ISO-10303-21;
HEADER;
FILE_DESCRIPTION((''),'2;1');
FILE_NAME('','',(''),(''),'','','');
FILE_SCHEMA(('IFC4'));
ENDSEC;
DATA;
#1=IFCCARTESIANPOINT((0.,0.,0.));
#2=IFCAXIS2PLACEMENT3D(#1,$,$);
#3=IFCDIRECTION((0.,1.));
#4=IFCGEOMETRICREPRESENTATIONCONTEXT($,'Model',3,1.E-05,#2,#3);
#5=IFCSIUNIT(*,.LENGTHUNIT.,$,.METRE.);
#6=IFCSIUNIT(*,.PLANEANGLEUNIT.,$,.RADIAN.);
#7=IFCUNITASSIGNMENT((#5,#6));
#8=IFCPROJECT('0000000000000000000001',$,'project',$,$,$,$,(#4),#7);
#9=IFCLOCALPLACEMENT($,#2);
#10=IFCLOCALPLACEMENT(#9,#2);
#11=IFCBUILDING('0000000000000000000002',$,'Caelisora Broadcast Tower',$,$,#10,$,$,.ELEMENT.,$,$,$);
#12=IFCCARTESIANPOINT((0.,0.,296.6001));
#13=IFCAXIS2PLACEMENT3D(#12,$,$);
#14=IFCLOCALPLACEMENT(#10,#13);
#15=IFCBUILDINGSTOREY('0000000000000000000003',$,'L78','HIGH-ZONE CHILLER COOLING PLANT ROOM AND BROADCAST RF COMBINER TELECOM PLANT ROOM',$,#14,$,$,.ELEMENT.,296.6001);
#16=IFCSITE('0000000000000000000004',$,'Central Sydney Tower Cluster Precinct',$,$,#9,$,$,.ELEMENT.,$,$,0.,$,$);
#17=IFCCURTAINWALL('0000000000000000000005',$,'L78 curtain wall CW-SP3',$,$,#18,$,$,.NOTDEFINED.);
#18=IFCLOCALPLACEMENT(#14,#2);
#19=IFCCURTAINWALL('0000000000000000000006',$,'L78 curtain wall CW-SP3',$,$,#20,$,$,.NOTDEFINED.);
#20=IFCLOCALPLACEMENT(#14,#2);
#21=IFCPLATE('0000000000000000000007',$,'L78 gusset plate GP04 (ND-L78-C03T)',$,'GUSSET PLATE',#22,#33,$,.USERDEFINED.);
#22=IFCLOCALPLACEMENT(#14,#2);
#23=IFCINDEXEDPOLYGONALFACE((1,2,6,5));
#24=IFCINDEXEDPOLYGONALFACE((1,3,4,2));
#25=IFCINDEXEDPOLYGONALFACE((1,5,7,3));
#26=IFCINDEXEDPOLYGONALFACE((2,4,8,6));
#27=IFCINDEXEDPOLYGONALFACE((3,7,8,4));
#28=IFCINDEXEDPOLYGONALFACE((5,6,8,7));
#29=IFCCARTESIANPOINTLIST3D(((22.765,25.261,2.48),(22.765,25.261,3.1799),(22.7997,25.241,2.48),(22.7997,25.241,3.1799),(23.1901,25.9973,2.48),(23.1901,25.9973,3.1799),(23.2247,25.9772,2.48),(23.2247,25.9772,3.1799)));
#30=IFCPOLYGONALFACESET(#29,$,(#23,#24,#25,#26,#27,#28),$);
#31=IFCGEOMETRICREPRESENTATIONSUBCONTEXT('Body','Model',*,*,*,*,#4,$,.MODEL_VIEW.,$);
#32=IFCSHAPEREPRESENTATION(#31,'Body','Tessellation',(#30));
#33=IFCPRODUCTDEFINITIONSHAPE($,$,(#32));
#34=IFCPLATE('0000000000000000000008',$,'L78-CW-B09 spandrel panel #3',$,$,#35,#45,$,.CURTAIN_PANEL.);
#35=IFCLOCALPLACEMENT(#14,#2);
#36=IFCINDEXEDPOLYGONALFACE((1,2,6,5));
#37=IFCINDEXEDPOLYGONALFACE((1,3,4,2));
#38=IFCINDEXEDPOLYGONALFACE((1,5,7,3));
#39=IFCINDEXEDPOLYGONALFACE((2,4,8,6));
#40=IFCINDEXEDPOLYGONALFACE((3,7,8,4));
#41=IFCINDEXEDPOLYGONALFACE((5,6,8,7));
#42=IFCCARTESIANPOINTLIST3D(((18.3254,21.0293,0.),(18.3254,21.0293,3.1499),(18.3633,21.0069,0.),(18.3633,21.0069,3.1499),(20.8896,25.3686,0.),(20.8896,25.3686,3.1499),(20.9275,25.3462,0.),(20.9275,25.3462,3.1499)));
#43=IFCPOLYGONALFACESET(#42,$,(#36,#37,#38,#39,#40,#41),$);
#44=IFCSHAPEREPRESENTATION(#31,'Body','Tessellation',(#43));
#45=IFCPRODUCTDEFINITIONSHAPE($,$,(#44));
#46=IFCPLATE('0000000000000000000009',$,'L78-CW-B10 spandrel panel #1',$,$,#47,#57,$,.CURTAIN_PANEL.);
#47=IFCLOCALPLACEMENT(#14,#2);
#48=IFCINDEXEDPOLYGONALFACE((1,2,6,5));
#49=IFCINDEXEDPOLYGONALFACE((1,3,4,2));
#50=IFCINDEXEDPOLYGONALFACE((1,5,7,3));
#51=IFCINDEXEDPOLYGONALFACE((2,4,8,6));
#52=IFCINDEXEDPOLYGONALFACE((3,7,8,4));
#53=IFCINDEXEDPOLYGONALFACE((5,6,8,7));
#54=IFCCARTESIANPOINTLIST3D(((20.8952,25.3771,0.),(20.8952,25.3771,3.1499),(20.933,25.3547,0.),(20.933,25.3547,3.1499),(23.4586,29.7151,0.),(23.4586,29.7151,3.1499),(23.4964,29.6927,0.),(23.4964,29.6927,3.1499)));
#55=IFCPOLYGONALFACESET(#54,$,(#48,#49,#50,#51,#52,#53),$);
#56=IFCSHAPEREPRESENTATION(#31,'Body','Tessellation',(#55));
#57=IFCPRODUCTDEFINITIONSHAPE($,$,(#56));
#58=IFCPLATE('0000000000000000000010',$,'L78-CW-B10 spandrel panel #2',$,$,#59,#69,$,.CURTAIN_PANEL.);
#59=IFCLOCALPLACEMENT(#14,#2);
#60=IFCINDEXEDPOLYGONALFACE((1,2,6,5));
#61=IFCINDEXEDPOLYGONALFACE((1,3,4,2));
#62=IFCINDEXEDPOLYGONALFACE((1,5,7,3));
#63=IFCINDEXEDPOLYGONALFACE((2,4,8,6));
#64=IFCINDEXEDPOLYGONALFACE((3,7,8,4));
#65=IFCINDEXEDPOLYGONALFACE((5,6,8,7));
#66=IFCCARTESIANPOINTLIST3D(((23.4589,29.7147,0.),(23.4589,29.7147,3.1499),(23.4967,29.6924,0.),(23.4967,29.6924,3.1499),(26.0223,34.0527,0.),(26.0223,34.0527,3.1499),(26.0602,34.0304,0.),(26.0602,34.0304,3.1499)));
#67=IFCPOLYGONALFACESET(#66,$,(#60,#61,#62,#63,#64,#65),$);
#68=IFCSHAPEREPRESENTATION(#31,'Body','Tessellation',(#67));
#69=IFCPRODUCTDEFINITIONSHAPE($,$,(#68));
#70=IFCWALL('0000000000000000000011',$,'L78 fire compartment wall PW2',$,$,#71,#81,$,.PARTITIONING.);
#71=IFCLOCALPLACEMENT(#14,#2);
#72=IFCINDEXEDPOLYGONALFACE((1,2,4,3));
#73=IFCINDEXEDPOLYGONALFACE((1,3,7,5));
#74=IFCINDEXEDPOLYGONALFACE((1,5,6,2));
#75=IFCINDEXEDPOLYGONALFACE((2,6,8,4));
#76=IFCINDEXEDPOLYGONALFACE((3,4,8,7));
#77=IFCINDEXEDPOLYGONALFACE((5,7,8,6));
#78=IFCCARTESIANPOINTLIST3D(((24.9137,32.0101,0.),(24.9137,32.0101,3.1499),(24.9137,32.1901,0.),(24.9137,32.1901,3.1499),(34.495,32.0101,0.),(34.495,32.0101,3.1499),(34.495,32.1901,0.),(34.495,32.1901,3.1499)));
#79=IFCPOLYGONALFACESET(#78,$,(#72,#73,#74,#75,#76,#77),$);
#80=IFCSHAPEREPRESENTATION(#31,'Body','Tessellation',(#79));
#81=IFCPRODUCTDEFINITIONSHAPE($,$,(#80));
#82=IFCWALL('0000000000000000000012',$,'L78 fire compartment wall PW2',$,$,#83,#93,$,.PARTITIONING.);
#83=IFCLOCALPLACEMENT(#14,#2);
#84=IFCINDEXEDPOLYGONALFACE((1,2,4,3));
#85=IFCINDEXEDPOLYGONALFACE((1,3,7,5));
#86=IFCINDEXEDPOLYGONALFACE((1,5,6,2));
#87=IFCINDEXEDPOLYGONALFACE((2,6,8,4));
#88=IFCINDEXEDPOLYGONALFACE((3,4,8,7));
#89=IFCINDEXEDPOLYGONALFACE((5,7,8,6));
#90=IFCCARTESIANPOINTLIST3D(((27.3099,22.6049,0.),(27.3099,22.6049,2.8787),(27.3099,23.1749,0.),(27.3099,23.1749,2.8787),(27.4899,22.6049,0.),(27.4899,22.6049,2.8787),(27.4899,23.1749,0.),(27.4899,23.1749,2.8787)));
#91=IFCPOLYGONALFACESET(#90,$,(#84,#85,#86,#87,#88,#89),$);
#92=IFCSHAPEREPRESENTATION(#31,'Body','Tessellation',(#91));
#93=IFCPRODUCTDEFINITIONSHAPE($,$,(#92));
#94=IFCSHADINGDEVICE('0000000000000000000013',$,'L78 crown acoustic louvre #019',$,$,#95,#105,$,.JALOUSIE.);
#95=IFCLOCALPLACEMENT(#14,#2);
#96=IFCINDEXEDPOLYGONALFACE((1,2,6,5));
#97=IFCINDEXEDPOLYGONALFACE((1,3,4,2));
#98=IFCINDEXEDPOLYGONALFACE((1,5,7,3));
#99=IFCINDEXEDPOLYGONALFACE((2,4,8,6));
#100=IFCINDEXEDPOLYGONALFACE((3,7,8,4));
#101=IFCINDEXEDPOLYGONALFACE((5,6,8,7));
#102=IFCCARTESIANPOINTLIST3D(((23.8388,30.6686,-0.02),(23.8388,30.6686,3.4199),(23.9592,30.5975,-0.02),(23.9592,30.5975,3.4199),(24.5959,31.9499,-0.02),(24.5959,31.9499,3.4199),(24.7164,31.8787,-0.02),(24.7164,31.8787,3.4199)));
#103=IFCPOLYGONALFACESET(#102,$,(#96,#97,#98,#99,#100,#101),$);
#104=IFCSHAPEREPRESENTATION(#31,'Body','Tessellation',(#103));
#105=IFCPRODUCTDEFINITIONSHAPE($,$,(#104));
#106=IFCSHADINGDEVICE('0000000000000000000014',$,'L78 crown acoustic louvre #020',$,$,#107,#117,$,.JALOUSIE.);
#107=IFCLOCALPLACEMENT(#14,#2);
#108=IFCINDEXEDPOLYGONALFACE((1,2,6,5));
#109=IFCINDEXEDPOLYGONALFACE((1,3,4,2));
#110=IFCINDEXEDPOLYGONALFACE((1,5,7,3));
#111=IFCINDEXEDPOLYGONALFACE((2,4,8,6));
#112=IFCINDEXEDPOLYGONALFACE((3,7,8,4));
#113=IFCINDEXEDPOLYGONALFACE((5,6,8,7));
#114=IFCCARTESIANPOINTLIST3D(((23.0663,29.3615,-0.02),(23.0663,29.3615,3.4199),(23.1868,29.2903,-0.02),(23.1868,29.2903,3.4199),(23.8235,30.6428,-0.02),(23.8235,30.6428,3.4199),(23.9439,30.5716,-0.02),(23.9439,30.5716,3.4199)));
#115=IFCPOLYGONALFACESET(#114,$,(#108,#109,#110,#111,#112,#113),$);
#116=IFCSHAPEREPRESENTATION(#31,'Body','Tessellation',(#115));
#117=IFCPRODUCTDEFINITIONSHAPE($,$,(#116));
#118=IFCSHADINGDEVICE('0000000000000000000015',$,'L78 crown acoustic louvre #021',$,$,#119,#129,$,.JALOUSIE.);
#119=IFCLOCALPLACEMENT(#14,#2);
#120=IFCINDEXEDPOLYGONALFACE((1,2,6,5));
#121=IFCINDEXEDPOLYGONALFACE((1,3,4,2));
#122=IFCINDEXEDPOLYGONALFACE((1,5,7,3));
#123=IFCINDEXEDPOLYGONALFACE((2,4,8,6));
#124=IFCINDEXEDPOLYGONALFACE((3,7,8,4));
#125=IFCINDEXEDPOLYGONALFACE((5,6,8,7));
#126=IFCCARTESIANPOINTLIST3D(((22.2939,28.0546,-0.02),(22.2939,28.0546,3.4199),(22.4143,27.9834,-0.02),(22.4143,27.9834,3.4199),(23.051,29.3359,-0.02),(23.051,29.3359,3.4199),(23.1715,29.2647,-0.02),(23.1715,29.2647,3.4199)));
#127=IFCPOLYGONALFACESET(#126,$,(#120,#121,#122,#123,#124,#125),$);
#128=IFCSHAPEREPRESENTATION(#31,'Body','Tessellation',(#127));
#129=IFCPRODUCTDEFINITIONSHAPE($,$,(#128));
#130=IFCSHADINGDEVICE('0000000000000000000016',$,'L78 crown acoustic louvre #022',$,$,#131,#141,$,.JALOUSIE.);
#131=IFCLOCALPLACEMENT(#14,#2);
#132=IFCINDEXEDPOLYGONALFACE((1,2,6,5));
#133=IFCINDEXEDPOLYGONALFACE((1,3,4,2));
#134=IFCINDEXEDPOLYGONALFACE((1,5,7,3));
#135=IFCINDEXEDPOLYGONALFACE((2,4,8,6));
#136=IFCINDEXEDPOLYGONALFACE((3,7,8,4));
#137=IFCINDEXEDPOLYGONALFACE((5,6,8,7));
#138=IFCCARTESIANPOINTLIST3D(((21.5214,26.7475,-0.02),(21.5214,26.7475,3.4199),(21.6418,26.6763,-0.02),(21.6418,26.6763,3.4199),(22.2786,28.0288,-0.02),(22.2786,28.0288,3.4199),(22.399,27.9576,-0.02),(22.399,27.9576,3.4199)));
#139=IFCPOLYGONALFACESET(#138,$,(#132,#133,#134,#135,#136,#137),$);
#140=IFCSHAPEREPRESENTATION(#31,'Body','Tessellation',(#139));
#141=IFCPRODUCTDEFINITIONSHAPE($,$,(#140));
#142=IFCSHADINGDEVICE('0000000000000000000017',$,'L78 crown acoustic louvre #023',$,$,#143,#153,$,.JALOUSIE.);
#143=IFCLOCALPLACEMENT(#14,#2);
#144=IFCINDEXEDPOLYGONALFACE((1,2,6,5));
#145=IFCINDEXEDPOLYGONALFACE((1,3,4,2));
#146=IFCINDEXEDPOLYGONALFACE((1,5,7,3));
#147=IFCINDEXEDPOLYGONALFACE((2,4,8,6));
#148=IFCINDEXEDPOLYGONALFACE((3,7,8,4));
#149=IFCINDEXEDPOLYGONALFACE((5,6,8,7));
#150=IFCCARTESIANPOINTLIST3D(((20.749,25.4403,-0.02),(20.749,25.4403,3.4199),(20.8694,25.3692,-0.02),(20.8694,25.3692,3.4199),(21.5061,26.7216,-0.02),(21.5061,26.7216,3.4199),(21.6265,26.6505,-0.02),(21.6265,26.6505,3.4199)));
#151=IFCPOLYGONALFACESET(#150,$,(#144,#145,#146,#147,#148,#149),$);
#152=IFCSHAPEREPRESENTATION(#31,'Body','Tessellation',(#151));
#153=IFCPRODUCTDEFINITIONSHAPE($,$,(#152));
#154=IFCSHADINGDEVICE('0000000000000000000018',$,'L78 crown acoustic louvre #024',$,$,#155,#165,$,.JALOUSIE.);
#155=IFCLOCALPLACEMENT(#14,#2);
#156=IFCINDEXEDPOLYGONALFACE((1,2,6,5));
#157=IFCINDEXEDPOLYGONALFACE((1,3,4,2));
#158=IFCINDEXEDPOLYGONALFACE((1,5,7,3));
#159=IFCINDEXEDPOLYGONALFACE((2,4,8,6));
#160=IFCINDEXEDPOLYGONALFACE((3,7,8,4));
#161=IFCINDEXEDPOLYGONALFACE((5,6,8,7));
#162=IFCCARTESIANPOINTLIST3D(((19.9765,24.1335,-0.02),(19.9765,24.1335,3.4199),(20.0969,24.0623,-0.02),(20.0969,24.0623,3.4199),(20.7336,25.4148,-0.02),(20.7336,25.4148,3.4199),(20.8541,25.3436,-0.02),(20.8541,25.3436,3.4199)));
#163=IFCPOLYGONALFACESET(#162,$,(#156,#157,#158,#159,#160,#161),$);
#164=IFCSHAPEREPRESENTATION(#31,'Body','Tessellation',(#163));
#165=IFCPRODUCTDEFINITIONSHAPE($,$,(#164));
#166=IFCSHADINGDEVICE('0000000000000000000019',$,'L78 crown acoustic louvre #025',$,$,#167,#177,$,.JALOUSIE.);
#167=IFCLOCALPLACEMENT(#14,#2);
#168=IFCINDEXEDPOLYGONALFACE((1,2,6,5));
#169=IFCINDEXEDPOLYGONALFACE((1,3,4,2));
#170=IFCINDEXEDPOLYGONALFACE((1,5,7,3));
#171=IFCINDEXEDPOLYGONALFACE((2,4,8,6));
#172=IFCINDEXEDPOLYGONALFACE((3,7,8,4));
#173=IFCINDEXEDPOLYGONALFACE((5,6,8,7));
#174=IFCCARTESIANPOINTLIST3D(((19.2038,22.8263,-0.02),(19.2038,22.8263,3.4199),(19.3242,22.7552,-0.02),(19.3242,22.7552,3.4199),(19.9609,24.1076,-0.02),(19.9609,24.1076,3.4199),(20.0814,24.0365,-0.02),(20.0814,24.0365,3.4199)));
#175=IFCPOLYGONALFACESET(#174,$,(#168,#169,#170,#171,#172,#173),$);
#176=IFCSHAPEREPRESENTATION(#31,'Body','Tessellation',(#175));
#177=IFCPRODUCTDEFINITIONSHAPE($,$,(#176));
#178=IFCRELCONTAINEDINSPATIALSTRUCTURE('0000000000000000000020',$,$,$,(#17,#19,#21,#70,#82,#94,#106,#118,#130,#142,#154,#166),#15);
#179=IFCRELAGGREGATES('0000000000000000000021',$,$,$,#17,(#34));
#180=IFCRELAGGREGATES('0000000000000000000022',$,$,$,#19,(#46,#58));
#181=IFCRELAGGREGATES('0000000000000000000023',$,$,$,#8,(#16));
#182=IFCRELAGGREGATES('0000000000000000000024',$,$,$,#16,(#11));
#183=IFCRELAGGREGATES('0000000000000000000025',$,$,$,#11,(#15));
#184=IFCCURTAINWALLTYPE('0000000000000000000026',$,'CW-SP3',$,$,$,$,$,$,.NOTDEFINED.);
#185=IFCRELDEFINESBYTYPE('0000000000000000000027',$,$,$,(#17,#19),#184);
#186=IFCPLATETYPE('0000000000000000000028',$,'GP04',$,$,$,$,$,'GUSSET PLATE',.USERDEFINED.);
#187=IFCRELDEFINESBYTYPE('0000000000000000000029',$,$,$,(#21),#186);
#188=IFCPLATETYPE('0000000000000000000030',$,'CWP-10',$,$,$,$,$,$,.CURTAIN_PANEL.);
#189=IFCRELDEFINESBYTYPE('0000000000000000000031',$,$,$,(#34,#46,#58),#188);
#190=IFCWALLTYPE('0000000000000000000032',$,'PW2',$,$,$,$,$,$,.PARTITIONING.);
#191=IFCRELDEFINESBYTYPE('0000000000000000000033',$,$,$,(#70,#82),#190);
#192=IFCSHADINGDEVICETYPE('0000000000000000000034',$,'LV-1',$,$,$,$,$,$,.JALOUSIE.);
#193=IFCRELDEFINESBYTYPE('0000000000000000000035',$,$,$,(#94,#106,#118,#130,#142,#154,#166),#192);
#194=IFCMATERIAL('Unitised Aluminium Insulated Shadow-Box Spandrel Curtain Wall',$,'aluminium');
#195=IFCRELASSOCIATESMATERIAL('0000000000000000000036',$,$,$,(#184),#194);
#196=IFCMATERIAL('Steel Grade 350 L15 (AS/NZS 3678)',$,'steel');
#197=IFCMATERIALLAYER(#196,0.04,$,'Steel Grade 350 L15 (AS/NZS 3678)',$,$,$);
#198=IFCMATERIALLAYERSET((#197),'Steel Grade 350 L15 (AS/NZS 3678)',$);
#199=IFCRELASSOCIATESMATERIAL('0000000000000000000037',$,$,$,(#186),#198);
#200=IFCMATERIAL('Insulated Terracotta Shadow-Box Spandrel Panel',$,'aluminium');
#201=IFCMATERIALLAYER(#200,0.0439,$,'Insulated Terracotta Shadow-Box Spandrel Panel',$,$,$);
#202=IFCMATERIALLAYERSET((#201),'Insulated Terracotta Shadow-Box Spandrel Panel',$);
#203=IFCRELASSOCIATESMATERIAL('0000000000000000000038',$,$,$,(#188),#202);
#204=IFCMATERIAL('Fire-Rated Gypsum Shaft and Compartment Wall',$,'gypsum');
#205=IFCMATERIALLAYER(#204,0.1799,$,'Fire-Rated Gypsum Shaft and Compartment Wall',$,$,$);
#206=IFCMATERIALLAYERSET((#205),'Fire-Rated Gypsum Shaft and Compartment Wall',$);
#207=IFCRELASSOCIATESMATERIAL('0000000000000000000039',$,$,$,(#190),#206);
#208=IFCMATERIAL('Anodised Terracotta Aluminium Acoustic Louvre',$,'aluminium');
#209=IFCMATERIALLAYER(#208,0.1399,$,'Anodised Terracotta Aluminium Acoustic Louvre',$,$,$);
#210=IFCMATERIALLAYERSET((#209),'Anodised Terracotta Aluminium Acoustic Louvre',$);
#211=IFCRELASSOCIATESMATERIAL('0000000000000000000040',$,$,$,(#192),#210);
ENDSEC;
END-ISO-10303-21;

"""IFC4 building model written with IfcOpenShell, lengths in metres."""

from ifc_helpers import new_model, si_unit, direction, frame, frame_2d, origin, origin_2d, place, context, subcontext, project, spatial, rectangle, extrude, source, transform, mapped, material, layer, layer_set, type_object, type_shapes, element, aggregate, save


model = new_model("IFC4")

# Units and contexts
model_context = context("Model", 3, precision=1e-05, world=origin(), true_north=direction((0.0, 1.0)))
body_context = subcontext(model_context, "Body", "Model", "MODEL_VIEW")
ifc_project = project(units=[si_unit("LENGTHUNIT", "METRE"), si_unit("PLANEANGLEUNIT", "RADIAN")], contexts=[model_context])

# Site, building, storey
site_placement = place(None, origin())
site = spatial("IfcSite", under=ifc_project, at=site_placement, Name="Central Sydney Tower Cluster Precinct", CompositionType="ELEMENT", RefElevation=0.0)
building_placement = place(site_placement, origin())
building = spatial("IfcBuilding", under=site, at=building_placement, Name="Caelisora Broadcast Tower", CompositionType="ELEMENT")
storey_placement = place(building_placement, frame((0.0, 0.0, 296.6001)))
storey = spatial("IfcBuildingStorey", under=building, at=storey_placement, Name="L78", Description="HIGH-ZONE CHILLER COOLING PLANT ROOM AND BROADCAST RF COMBINER TELECOM PLANT ROOM", CompositionType="ELEMENT", Elevation=296.6001)

# Curtain wall
ifc_material_1 = material(Name="Unitised Aluminium Insulated Shadow-Box Spandrel Curtain Wall", Category="aluminium")
curtain_wall_type = type_object("IfcCurtainWallType", Name="CW-SP3", PredefinedType="NOTDEFINED", material=ifc_material_1)
curtain_wall_1_placement = place(storey_placement, origin())
curtain_wall_1 = element("IfcCurtainWall", 1, at=curtain_wall_1_placement, inside=storey, type_object=curtain_wall_type, Name="L78 curtain wall CW-SP3", PredefinedType="NOTDEFINED")

# Curtain wall
curtain_wall_2_placement = place(storey_placement, origin())
curtain_wall_2 = element("IfcCurtainWall", 2, at=curtain_wall_2_placement, inside=storey, type_object=curtain_wall_type, Name="L78 curtain wall CW-SP3", PredefinedType="NOTDEFINED")

# Plates
ifc_material_2 = material(Name="Steel Grade 350 L15 (AS/NZS 3678)", Category="steel")
ifc_layer_1 = layer(ifc_material_2, 0.04, Name="Steel Grade 350 L15 (AS/NZS 3678)")
ifc_layer_set_1 = layer_set([ifc_layer_1], Name="Steel Grade 350 L15 (AS/NZS 3678)")
plate_type_1 = type_object("IfcPlateType", Name="GP04", ElementType="GUSSET PLATE", PredefinedType="USERDEFINED", material=ifc_layer_set_1)
shared_shape_1 = source(origin(), body_context, "Body", "SweptSolid", [
    extrude(rectangle(XDim=0.8501, YDim=0.04, at=origin_2d()), origin(), (0.0, 0.0, 1.0), 0.7),
])
type_shapes(plate_type_1, [shared_shape_1])
plate_1_placement = place(storey_placement, frame((22.9949, 25.6191, 2.48), z_axis=(0.0, 0.0, 1.0), x_axis=(-0.5, -0.866025, 0.0)))
element("IfcPlate", 3, at=plate_1_placement, inside=storey, type_object=plate_type_1, Name="L78 gusset plate GP04 (ND-L78-C03T)", ObjectType="GUSSET PLATE", PredefinedType="USERDEFINED", context=body_context, shape_type="MappedRepresentation", body=[
    mapped(shared_shape_1, transform((0.0, 0.0, 0.0), scale=1.0)),
])
ifc_material_3 = material(Name="Insulated Terracotta Shadow-Box Spandrel Panel", Category="aluminium")
ifc_layer_2 = layer(ifc_material_3, 0.0439, Name="Insulated Terracotta Shadow-Box Spandrel Panel")
ifc_layer_set_2 = layer_set([ifc_layer_2], Name="Insulated Terracotta Shadow-Box Spandrel Panel")
plate_type_2 = type_object("IfcPlateType", Name="CWP-10", PredefinedType="CURTAIN_PANEL", material=ifc_layer_set_2)
shared_shape_2 = source(origin(), body_context, "Body", "SweptSolid", [
    extrude(rectangle(XDim=5.0403, YDim=0.0439, at=origin_2d()), origin(), (0.0, 0.0, 1.0), 3.1499),
])
plate_2_placement = place(storey_placement, frame((19.6265, 23.1877, 0.0), z_axis=(0.0, 0.0, 1.0), x_axis=(0.508741, 0.86092, 0.0)))
plate_2 = element("IfcPlate", 4, at=plate_2_placement, type_object=plate_type_2, Name="L78-CW-B09 spandrel panel #3", PredefinedType="CURTAIN_PANEL", context=body_context, shape_type="MappedRepresentation", body=[
    mapped(shared_shape_2, transform((0.0, 0.0, 0.0), scale=1.0)),
])
aggregate(curtain_wall_1, [plate_2])
shared_shape_3 = source(origin(), body_context, "Body", "SweptSolid", [
    extrude(rectangle(XDim=5.0388, YDim=0.0439, at=origin_2d()), origin(), (0.0, 0.0, 1.0), 3.1499),
])
type_shapes(plate_type_2, [shared_shape_2, shared_shape_3])
plate_3_placement = place(storey_placement, frame((22.1958, 27.5349, 0.0), z_axis=(0.0, 0.0, 1.0), x_axis=(0.508741, 0.86092, 0.0)))
plate_3 = element("IfcPlate", 5, at=plate_3_placement, type_object=plate_type_2, Name="L78-CW-B10 spandrel panel #1", PredefinedType="CURTAIN_PANEL", context=body_context, shape_type="MappedRepresentation", body=[
    mapped(shared_shape_3, transform((0.0, 0.0, 0.0), scale=1.0)),
])
plate_4_placement = place(storey_placement, frame((24.7595, 31.8726, 0.0), z_axis=(0.0, 0.0, 1.0), x_axis=(0.508741, 0.86092, 0.0)))
plate_4 = element("IfcPlate", 6, at=plate_4_placement, type_object=plate_type_2, Name="L78-CW-B10 spandrel panel #2", PredefinedType="CURTAIN_PANEL", context=body_context, shape_type="MappedRepresentation", body=[
    mapped(shared_shape_3, transform((0.0, 0.0, 0.0), scale=1.0)),
])
aggregate(curtain_wall_2, [plate_3, plate_4])

# Shared definitions
ifc_material_4 = material(Name="Fire-Rated Gypsum Shaft and Compartment Wall", Category="gypsum")
ifc_layer_3 = layer(ifc_material_4, 0.1799, Name="Fire-Rated Gypsum Shaft and Compartment Wall")
ifc_layer_set_3 = layer_set([ifc_layer_3], Name="Fire-Rated Gypsum Shaft and Compartment Wall")
wall_type = type_object("IfcWallType", Name="PW2", PredefinedType="PARTITIONING", material=ifc_layer_set_3)

# Walls
wall_1_placement = place(storey_placement, frame((24.9138, 32.1001, 0.0), z_axis=(0.0, 0.0, 1.0), x_axis=(1.0, 0.0, 0.0)))
element("IfcWall", 7, at=wall_1_placement, inside=storey, type_object=wall_type, Name="L78 fire compartment wall PW2", PredefinedType="PARTITIONING", context=body_context, shape_type="SweptSolid", body=[
    extrude(rectangle(XDim=9.5813, YDim=0.1799, at=frame_2d((4.7905, 0.0))), origin(), (0.0, 0.0, 1.0), 3.1499),
])
wall_2_placement = place(storey_placement, frame((27.3999, 23.175, 0.0), z_axis=(0.0, 0.0, 1.0), x_axis=(0.0, -1.0, 0.0)))
element("IfcWall", 8, at=wall_2_placement, inside=storey, type_object=wall_type, Name="L78 fire compartment wall PW2", PredefinedType="PARTITIONING", context=body_context, shape_type="SweptSolid", body=[
    extrude(rectangle(XDim=0.5701, YDim=0.1799, at=frame_2d((0.2852, 0.0))), origin(), (0.0, 0.0, 1.0), 2.8787),
])

# Shading devices
ifc_material_5 = material(Name="Anodised Terracotta Aluminium Acoustic Louvre", Category="aluminium")
ifc_layer_4 = layer(ifc_material_5, 0.1399, Name="Anodised Terracotta Aluminium Acoustic Louvre")
ifc_layer_set_4 = layer_set([ifc_layer_4], Name="Anodised Terracotta Aluminium Acoustic Louvre")
shading_device_type = type_object("IfcShadingDeviceType", Name="LV-1", PredefinedType="JALOUSIE", material=ifc_layer_set_4)
shared_shape_4 = source(origin(), body_context, "Body", "SweptSolid", [
    extrude(rectangle(XDim=1.4883, YDim=0.1399, at=origin_2d()), origin(), (0.0, 0.0, 1.0), 3.4399),
])
type_shapes(shading_device_type, [shared_shape_4])
for number, where, z_axis, x_axis, name in (
    (9, (24.2776, 31.2737, -0.02), (0.0, 0.0, 1.0), (-0.508741, -0.86092, 0.0), "L78 crown acoustic louvre #019"),
    (10, (23.5051, 29.9666, -0.02), (0.0, 0.0, 1.0), (-0.508741, -0.86092, 0.0), "L78 crown acoustic louvre #020"),
    (11, (22.7327, 28.6597, -0.02), (0.0, 0.0, 1.0), (-0.508741, -0.86092, 0.0), "L78 crown acoustic louvre #021"),
    (12, (21.9602, 27.3525, -0.02), (0.0, 0.0, 1.0), (-0.508741, -0.86092, 0.0), "L78 crown acoustic louvre #022"),
    (13, (21.1877, 26.0454, -0.02), (0.0, 0.0, 1.0), (-0.508741, -0.86092, 0.0), "L78 crown acoustic louvre #023"),
    (14, (20.4153, 24.7385, -0.02), (0.0, 0.0, 1.0), (-0.508741, -0.86092, 0.0), "L78 crown acoustic louvre #024"),
    (15, (19.6426, 23.4314, -0.02), (0.0, 0.0, 1.0), (-0.508741, -0.86092, 0.0), "L78 crown acoustic louvre #025"),
):
    element("IfcShadingDevice", number, at=place(storey_placement, frame(where, z_axis=z_axis, x_axis=x_axis)), inside=storey, type_object=shading_device_type, Name=name, PredefinedType="JALOUSIE", context=body_context, shape_type="MappedRepresentation", body=[
        mapped(shared_shape_4, transform((0.0, 0.0, 0.0), scale=1.0)),
    ])

save(model, "model.ifc")
